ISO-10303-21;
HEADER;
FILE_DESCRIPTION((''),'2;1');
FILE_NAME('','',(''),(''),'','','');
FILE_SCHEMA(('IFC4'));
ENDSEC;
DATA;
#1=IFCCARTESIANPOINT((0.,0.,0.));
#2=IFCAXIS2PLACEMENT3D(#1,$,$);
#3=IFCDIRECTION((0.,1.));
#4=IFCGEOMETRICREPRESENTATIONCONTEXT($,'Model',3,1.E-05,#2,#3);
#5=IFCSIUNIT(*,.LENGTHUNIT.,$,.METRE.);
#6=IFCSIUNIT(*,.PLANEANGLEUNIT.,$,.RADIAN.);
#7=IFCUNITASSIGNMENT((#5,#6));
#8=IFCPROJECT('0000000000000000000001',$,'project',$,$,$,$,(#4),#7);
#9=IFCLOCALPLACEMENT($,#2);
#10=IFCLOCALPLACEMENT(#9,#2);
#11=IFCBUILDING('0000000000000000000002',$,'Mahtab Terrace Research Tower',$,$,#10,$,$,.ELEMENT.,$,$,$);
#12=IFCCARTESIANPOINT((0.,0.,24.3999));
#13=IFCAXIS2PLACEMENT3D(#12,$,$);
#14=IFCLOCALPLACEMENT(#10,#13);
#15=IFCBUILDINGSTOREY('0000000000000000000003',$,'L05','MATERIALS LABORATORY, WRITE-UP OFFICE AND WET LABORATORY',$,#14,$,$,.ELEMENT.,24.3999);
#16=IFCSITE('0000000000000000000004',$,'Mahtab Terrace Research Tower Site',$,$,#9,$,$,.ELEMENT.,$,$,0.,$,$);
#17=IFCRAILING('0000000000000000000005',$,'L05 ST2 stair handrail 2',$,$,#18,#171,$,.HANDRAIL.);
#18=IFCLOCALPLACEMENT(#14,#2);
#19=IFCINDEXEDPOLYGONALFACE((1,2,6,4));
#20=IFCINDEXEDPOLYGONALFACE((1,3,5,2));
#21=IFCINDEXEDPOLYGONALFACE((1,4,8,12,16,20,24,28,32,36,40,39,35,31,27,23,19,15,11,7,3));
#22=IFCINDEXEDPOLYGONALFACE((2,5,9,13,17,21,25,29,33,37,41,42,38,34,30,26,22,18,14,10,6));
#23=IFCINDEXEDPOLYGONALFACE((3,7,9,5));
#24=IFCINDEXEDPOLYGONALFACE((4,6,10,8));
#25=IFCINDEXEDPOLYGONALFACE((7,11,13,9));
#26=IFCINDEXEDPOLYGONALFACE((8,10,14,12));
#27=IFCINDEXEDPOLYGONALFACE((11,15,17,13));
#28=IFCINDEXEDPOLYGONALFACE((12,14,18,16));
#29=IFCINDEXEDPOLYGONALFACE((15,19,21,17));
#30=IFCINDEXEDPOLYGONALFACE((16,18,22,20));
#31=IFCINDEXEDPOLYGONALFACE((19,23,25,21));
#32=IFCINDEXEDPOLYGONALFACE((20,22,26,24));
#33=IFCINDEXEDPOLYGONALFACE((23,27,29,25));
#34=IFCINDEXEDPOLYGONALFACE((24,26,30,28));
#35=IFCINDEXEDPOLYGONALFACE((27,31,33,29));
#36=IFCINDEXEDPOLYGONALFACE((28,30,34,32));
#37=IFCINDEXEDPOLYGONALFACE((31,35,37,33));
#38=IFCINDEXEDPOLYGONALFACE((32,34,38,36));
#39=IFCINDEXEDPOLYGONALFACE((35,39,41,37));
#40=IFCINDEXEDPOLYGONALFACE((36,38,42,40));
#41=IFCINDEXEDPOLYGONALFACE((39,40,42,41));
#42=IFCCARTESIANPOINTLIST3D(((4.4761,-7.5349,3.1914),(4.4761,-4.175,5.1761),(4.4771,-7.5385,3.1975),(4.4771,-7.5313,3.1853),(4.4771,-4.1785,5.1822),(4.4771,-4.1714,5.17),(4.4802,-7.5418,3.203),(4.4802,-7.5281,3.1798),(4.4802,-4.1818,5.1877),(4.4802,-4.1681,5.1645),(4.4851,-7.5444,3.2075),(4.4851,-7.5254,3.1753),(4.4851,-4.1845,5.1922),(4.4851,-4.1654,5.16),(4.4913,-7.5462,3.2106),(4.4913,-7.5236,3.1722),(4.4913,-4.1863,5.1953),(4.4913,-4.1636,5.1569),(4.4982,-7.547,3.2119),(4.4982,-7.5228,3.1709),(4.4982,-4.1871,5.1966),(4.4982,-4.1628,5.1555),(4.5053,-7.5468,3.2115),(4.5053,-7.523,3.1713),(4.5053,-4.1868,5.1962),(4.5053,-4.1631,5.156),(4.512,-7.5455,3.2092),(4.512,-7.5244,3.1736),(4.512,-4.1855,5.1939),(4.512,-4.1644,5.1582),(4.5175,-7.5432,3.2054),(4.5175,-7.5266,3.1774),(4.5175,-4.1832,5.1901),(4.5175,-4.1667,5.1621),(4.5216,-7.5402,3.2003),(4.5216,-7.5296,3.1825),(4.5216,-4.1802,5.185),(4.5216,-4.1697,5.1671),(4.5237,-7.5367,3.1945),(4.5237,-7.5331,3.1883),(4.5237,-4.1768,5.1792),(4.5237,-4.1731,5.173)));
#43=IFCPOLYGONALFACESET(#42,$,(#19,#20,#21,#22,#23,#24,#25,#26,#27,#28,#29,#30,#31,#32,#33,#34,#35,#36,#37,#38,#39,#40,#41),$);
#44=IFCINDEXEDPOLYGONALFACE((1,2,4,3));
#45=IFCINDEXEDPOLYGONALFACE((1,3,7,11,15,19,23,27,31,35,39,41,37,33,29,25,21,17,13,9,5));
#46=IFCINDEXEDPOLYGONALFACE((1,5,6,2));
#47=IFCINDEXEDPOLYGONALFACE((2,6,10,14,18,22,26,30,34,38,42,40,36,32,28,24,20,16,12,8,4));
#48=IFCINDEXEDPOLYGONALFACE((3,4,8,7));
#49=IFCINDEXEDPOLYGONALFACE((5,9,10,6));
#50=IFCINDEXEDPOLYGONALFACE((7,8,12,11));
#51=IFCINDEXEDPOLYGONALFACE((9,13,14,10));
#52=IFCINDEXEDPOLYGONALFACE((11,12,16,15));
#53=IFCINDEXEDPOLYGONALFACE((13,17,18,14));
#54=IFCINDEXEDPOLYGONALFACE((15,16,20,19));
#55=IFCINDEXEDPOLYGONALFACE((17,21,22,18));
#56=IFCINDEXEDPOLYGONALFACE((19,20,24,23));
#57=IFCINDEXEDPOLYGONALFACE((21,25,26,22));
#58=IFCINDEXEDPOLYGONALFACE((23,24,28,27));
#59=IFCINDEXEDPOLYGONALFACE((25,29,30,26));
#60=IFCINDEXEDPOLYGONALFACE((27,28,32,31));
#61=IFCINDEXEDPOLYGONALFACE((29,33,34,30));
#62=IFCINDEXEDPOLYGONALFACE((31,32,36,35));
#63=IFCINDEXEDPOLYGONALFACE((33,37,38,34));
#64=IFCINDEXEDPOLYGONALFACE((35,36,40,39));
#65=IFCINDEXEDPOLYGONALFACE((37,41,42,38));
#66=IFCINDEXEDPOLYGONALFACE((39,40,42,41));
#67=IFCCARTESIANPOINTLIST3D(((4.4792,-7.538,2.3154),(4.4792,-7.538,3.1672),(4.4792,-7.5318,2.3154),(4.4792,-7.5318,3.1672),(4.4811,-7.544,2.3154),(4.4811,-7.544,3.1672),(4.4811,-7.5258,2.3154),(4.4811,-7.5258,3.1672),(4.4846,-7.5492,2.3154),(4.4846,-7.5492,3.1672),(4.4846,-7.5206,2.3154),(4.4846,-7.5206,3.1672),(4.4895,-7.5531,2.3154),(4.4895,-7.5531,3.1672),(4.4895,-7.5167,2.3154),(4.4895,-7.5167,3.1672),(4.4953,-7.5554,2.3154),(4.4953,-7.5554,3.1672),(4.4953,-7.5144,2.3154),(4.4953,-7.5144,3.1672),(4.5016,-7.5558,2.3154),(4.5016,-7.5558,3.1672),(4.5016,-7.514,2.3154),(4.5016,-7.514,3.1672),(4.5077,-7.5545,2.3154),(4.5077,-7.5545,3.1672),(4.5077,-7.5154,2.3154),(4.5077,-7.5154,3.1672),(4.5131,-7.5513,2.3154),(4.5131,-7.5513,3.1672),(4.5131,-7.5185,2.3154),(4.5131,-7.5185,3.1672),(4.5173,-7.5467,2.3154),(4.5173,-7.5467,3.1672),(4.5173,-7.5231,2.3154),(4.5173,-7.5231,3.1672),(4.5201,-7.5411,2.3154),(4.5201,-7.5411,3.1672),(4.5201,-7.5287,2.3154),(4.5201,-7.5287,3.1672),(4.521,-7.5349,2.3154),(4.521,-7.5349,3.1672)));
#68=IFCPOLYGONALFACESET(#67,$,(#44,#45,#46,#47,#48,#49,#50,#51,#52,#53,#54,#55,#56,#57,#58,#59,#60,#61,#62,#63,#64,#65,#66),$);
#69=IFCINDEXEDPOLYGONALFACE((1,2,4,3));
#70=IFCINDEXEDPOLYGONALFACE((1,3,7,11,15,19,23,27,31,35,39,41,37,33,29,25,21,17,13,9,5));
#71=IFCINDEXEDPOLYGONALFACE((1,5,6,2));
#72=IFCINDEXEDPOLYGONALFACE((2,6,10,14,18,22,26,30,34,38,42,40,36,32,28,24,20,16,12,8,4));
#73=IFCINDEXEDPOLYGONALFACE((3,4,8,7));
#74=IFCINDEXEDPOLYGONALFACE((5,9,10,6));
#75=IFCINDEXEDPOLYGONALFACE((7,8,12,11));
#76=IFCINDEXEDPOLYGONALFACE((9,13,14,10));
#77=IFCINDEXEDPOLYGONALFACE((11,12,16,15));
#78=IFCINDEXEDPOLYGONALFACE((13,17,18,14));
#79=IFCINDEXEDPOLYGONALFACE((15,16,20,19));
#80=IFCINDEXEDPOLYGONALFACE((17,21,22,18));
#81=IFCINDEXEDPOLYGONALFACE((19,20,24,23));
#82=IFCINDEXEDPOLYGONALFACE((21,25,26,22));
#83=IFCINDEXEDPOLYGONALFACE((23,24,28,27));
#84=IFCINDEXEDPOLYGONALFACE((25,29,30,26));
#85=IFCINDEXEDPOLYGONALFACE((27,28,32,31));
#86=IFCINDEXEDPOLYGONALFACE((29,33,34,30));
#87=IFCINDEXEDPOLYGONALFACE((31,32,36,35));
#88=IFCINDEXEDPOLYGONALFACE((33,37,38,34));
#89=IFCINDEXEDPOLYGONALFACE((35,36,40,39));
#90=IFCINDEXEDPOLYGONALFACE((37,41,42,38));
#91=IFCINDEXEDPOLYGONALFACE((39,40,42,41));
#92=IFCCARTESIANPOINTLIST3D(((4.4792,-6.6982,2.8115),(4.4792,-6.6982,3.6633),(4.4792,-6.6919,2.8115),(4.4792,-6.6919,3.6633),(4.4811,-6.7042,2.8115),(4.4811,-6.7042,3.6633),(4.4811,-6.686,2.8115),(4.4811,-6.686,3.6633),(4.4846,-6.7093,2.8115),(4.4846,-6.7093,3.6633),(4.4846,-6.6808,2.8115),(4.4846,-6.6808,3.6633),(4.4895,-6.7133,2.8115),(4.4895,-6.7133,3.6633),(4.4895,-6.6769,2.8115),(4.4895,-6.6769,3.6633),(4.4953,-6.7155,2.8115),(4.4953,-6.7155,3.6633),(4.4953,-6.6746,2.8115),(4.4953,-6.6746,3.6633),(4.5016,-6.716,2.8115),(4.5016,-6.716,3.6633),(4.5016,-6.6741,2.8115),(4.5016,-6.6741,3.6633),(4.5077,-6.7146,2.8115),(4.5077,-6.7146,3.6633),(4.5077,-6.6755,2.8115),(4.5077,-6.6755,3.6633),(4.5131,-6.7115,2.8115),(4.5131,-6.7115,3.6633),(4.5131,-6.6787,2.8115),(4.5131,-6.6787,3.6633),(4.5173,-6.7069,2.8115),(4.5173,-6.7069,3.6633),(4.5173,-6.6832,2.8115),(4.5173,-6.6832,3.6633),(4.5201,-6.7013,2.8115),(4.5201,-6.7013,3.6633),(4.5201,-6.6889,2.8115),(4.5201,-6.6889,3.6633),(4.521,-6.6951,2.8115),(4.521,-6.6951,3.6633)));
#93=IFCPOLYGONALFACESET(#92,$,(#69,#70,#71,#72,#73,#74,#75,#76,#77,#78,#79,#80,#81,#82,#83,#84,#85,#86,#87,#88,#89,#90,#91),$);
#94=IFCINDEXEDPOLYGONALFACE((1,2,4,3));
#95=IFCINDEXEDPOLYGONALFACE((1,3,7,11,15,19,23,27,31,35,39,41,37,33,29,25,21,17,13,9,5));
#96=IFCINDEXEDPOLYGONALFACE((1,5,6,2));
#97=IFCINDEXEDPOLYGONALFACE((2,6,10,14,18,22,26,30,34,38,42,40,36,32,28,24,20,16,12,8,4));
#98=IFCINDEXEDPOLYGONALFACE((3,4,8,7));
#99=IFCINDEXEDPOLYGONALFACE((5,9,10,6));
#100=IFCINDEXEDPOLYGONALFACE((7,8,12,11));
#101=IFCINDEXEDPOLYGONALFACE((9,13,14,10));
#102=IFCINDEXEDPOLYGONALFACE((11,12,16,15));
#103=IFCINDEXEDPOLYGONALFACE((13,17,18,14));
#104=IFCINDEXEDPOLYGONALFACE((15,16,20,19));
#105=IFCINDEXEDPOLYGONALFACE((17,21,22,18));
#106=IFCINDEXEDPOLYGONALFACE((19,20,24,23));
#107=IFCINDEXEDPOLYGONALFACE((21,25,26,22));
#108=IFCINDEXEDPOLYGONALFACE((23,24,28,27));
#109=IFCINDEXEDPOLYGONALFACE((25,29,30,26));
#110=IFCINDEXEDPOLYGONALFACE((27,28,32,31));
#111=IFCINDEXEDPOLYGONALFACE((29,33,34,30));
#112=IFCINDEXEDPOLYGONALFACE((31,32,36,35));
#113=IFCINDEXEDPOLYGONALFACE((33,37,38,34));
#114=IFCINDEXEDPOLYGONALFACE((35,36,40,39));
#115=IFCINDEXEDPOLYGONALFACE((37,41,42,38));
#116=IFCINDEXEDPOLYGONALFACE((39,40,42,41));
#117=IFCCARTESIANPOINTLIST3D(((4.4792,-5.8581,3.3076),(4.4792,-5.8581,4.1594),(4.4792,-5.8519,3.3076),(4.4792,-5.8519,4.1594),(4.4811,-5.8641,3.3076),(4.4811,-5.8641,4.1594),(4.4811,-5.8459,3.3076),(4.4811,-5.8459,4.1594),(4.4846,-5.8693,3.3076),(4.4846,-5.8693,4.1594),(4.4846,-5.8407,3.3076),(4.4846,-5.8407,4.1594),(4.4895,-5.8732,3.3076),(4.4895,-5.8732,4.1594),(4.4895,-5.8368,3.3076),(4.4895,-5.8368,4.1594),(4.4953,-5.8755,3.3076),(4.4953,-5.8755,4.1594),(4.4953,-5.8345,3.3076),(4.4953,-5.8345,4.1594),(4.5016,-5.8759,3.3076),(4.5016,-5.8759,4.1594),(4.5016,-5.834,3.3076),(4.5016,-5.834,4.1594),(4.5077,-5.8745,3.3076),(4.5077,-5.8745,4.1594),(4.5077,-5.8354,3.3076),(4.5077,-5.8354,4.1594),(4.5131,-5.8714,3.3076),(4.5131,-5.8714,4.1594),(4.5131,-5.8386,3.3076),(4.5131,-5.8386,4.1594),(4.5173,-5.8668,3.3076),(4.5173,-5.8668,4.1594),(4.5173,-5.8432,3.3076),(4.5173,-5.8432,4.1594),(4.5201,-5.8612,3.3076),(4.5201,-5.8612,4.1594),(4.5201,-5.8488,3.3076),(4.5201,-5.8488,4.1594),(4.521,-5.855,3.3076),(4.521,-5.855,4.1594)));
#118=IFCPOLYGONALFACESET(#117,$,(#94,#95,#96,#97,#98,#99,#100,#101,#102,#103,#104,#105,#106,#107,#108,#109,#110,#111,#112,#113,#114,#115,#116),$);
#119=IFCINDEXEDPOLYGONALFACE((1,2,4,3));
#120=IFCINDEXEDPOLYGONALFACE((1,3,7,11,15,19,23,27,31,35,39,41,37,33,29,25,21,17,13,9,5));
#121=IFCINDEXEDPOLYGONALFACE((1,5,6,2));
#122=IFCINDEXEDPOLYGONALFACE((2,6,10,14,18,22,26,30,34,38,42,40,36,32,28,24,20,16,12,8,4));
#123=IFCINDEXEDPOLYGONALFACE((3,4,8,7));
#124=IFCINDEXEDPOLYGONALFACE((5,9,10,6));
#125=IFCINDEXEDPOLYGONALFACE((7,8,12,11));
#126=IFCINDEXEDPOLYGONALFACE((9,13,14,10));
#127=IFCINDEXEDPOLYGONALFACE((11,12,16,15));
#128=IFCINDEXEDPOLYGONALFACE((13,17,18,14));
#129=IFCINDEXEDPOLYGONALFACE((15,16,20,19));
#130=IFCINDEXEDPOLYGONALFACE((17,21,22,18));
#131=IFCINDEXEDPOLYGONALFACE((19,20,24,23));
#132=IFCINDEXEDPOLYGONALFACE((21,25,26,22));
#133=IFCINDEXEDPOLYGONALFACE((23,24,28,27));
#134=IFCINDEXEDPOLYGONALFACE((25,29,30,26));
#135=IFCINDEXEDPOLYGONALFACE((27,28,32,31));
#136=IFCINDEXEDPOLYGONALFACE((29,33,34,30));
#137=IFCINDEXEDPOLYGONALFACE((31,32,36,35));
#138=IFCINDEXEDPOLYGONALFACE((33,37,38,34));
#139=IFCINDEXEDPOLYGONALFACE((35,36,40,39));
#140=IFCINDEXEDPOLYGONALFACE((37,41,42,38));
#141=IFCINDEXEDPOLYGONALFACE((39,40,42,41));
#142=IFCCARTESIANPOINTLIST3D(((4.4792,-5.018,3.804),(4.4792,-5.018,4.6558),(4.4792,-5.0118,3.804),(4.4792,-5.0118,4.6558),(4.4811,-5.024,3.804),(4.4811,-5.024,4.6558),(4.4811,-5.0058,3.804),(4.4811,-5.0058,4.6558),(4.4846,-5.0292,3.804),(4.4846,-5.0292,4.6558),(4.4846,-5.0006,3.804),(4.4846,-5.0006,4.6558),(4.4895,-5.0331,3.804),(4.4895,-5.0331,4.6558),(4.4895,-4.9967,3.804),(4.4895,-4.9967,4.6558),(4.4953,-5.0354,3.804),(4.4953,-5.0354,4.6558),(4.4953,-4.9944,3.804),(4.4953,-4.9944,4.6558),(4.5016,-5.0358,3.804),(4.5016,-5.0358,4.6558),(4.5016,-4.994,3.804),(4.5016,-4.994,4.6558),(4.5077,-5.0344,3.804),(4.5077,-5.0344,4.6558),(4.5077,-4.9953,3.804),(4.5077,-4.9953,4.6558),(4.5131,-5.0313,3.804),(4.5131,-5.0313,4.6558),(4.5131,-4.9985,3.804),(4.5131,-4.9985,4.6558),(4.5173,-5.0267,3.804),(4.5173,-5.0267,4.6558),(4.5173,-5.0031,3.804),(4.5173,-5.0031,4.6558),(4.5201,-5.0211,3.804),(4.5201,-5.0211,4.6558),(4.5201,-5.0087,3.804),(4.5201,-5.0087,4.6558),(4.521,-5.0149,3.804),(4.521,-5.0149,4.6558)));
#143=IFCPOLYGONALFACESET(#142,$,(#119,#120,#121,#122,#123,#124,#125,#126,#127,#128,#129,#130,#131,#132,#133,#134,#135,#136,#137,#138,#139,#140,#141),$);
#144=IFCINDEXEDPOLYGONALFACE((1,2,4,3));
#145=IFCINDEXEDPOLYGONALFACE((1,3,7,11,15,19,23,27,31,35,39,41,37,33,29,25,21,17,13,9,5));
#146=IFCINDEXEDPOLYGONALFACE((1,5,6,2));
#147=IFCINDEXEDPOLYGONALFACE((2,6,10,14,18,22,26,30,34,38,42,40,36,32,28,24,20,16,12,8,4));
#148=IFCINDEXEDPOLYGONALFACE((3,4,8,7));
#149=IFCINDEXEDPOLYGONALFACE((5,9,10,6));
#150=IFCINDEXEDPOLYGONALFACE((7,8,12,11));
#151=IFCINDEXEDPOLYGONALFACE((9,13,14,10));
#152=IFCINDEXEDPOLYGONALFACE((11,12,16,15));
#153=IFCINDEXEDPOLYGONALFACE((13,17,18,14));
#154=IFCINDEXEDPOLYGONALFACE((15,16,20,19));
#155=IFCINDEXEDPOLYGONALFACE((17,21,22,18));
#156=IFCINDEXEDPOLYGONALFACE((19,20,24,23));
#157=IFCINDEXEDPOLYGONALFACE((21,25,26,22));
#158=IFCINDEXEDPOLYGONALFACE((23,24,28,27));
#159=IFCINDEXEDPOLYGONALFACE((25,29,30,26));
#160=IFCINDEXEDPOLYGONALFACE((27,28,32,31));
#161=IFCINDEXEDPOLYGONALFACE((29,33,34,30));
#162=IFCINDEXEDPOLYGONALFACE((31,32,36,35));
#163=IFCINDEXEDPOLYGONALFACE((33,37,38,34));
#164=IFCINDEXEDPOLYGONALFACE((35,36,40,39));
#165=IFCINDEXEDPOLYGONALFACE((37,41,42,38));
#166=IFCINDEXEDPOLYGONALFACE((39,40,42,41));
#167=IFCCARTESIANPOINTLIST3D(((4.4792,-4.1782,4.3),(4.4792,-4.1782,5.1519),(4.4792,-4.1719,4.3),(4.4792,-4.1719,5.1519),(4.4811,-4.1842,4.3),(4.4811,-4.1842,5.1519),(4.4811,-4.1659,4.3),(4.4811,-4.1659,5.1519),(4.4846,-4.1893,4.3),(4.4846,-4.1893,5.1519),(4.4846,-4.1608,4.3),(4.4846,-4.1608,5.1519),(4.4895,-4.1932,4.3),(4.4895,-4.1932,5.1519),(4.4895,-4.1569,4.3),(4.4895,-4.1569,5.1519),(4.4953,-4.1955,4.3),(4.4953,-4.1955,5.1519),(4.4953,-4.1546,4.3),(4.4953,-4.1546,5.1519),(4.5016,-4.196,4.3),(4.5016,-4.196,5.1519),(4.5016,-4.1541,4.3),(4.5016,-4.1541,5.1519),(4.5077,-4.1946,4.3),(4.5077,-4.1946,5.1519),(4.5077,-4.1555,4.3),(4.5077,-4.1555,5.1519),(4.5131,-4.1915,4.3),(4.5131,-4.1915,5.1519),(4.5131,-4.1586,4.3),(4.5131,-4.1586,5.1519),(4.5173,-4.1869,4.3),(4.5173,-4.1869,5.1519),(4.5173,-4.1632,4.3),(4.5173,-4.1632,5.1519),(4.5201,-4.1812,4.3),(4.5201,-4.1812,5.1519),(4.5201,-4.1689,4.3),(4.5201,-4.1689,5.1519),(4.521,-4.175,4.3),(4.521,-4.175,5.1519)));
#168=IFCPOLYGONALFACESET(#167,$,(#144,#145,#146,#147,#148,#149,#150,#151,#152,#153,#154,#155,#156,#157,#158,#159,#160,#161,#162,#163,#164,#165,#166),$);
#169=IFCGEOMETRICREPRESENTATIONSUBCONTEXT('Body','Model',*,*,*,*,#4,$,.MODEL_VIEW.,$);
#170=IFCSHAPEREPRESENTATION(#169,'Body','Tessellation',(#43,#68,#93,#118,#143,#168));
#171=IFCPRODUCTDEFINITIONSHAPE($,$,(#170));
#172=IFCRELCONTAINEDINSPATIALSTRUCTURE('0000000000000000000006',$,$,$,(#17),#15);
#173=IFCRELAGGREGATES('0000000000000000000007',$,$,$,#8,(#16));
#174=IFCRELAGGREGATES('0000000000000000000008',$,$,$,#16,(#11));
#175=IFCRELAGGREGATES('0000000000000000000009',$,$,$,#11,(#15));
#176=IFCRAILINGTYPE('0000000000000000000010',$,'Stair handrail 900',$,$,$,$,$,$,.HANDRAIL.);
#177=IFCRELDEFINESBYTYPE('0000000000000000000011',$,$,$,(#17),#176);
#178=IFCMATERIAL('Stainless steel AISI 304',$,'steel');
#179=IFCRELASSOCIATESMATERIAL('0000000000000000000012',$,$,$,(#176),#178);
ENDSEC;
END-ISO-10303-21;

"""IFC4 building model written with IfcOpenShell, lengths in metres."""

from ifc_helpers import new_model, si_unit, direction, frame, origin, origin_2d, place, context, subcontext, project, spatial, circle, extrude, material, type_object, element, save


model = new_model("IFC4")

# Units and contexts
model_context = context("Model", 3, precision=1e-05, world=origin(), true_north=direction((0.0, 1.0)))
body_context = subcontext(model_context, "Body", "Model", "MODEL_VIEW")
ifc_project = project(units=[si_unit("LENGTHUNIT", "METRE"), si_unit("PLANEANGLEUNIT", "RADIAN")], contexts=[model_context])

# Site, building, storey
site_placement = place(None, origin())
site = spatial("IfcSite", under=ifc_project, at=site_placement, Name="Mahtab Terrace Research Tower Site", CompositionType="ELEMENT", RefElevation=0.0)
building_placement = place(site_placement, origin())
building = spatial("IfcBuilding", under=site, at=building_placement, Name="Mahtab Terrace Research Tower", CompositionType="ELEMENT")
storey_placement = place(building_placement, frame((0.0, 0.0, 24.3999)))
storey = spatial("IfcBuildingStorey", under=building, at=storey_placement, Name="L05", Description="MATERIALS LABORATORY, WRITE-UP OFFICE AND WET LABORATORY", CompositionType="ELEMENT", Elevation=24.3999)

# Railing
ifc_material_1 = material(Name="Stainless steel AISI 304", Category="steel")
railing_type_1 = type_object("IfcRailingType", Name="Stair handrail 900", PredefinedType="HANDRAIL", material=ifc_material_1)
railing_1_placement = place(storey_placement, frame((4.5, -7.5349, 2.3154)))
element("IfcRailing", 1, at=railing_1_placement, inside=storey, type_object=railing_type_1, Name="L05 ST2 stair handrail 2", PredefinedType="HANDRAIL", context=body_context, shape_type="SweptSolid", body=[
    extrude(circle(Radius=0.0239, at=origin_2d()), frame((0.0, 0.0, 0.876), z_axis=(0.0, 0.861011, 0.508586), x_axis=(-1.0, 0.0, 0.0)), (0.0, 0.0, 1.0), 3.9023),
    extrude(circle(Radius=0.021, at=origin_2d()), origin(), (0.0, 0.0, 1.0), 0.8518),
    extrude(circle(Radius=0.021, at=origin_2d()), frame((0.0, 0.8398, 0.4961)), (0.0, 0.0, 1.0), 0.8518),
    extrude(circle(Radius=0.021, at=origin_2d()), frame((0.0, 1.6799, 0.9922)), (0.0, 0.0, 1.0), 0.8518),
    extrude(circle(Radius=0.021, at=origin_2d()), frame((0.0, 2.52, 1.4885)), (0.0, 0.0, 1.0), 0.8518),
    extrude(circle(Radius=0.021, at=origin_2d()), frame((0.0, 3.3599, 1.9846)), (0.0, 0.0, 1.0), 0.8518),
])

save(model, "model.ifc")
